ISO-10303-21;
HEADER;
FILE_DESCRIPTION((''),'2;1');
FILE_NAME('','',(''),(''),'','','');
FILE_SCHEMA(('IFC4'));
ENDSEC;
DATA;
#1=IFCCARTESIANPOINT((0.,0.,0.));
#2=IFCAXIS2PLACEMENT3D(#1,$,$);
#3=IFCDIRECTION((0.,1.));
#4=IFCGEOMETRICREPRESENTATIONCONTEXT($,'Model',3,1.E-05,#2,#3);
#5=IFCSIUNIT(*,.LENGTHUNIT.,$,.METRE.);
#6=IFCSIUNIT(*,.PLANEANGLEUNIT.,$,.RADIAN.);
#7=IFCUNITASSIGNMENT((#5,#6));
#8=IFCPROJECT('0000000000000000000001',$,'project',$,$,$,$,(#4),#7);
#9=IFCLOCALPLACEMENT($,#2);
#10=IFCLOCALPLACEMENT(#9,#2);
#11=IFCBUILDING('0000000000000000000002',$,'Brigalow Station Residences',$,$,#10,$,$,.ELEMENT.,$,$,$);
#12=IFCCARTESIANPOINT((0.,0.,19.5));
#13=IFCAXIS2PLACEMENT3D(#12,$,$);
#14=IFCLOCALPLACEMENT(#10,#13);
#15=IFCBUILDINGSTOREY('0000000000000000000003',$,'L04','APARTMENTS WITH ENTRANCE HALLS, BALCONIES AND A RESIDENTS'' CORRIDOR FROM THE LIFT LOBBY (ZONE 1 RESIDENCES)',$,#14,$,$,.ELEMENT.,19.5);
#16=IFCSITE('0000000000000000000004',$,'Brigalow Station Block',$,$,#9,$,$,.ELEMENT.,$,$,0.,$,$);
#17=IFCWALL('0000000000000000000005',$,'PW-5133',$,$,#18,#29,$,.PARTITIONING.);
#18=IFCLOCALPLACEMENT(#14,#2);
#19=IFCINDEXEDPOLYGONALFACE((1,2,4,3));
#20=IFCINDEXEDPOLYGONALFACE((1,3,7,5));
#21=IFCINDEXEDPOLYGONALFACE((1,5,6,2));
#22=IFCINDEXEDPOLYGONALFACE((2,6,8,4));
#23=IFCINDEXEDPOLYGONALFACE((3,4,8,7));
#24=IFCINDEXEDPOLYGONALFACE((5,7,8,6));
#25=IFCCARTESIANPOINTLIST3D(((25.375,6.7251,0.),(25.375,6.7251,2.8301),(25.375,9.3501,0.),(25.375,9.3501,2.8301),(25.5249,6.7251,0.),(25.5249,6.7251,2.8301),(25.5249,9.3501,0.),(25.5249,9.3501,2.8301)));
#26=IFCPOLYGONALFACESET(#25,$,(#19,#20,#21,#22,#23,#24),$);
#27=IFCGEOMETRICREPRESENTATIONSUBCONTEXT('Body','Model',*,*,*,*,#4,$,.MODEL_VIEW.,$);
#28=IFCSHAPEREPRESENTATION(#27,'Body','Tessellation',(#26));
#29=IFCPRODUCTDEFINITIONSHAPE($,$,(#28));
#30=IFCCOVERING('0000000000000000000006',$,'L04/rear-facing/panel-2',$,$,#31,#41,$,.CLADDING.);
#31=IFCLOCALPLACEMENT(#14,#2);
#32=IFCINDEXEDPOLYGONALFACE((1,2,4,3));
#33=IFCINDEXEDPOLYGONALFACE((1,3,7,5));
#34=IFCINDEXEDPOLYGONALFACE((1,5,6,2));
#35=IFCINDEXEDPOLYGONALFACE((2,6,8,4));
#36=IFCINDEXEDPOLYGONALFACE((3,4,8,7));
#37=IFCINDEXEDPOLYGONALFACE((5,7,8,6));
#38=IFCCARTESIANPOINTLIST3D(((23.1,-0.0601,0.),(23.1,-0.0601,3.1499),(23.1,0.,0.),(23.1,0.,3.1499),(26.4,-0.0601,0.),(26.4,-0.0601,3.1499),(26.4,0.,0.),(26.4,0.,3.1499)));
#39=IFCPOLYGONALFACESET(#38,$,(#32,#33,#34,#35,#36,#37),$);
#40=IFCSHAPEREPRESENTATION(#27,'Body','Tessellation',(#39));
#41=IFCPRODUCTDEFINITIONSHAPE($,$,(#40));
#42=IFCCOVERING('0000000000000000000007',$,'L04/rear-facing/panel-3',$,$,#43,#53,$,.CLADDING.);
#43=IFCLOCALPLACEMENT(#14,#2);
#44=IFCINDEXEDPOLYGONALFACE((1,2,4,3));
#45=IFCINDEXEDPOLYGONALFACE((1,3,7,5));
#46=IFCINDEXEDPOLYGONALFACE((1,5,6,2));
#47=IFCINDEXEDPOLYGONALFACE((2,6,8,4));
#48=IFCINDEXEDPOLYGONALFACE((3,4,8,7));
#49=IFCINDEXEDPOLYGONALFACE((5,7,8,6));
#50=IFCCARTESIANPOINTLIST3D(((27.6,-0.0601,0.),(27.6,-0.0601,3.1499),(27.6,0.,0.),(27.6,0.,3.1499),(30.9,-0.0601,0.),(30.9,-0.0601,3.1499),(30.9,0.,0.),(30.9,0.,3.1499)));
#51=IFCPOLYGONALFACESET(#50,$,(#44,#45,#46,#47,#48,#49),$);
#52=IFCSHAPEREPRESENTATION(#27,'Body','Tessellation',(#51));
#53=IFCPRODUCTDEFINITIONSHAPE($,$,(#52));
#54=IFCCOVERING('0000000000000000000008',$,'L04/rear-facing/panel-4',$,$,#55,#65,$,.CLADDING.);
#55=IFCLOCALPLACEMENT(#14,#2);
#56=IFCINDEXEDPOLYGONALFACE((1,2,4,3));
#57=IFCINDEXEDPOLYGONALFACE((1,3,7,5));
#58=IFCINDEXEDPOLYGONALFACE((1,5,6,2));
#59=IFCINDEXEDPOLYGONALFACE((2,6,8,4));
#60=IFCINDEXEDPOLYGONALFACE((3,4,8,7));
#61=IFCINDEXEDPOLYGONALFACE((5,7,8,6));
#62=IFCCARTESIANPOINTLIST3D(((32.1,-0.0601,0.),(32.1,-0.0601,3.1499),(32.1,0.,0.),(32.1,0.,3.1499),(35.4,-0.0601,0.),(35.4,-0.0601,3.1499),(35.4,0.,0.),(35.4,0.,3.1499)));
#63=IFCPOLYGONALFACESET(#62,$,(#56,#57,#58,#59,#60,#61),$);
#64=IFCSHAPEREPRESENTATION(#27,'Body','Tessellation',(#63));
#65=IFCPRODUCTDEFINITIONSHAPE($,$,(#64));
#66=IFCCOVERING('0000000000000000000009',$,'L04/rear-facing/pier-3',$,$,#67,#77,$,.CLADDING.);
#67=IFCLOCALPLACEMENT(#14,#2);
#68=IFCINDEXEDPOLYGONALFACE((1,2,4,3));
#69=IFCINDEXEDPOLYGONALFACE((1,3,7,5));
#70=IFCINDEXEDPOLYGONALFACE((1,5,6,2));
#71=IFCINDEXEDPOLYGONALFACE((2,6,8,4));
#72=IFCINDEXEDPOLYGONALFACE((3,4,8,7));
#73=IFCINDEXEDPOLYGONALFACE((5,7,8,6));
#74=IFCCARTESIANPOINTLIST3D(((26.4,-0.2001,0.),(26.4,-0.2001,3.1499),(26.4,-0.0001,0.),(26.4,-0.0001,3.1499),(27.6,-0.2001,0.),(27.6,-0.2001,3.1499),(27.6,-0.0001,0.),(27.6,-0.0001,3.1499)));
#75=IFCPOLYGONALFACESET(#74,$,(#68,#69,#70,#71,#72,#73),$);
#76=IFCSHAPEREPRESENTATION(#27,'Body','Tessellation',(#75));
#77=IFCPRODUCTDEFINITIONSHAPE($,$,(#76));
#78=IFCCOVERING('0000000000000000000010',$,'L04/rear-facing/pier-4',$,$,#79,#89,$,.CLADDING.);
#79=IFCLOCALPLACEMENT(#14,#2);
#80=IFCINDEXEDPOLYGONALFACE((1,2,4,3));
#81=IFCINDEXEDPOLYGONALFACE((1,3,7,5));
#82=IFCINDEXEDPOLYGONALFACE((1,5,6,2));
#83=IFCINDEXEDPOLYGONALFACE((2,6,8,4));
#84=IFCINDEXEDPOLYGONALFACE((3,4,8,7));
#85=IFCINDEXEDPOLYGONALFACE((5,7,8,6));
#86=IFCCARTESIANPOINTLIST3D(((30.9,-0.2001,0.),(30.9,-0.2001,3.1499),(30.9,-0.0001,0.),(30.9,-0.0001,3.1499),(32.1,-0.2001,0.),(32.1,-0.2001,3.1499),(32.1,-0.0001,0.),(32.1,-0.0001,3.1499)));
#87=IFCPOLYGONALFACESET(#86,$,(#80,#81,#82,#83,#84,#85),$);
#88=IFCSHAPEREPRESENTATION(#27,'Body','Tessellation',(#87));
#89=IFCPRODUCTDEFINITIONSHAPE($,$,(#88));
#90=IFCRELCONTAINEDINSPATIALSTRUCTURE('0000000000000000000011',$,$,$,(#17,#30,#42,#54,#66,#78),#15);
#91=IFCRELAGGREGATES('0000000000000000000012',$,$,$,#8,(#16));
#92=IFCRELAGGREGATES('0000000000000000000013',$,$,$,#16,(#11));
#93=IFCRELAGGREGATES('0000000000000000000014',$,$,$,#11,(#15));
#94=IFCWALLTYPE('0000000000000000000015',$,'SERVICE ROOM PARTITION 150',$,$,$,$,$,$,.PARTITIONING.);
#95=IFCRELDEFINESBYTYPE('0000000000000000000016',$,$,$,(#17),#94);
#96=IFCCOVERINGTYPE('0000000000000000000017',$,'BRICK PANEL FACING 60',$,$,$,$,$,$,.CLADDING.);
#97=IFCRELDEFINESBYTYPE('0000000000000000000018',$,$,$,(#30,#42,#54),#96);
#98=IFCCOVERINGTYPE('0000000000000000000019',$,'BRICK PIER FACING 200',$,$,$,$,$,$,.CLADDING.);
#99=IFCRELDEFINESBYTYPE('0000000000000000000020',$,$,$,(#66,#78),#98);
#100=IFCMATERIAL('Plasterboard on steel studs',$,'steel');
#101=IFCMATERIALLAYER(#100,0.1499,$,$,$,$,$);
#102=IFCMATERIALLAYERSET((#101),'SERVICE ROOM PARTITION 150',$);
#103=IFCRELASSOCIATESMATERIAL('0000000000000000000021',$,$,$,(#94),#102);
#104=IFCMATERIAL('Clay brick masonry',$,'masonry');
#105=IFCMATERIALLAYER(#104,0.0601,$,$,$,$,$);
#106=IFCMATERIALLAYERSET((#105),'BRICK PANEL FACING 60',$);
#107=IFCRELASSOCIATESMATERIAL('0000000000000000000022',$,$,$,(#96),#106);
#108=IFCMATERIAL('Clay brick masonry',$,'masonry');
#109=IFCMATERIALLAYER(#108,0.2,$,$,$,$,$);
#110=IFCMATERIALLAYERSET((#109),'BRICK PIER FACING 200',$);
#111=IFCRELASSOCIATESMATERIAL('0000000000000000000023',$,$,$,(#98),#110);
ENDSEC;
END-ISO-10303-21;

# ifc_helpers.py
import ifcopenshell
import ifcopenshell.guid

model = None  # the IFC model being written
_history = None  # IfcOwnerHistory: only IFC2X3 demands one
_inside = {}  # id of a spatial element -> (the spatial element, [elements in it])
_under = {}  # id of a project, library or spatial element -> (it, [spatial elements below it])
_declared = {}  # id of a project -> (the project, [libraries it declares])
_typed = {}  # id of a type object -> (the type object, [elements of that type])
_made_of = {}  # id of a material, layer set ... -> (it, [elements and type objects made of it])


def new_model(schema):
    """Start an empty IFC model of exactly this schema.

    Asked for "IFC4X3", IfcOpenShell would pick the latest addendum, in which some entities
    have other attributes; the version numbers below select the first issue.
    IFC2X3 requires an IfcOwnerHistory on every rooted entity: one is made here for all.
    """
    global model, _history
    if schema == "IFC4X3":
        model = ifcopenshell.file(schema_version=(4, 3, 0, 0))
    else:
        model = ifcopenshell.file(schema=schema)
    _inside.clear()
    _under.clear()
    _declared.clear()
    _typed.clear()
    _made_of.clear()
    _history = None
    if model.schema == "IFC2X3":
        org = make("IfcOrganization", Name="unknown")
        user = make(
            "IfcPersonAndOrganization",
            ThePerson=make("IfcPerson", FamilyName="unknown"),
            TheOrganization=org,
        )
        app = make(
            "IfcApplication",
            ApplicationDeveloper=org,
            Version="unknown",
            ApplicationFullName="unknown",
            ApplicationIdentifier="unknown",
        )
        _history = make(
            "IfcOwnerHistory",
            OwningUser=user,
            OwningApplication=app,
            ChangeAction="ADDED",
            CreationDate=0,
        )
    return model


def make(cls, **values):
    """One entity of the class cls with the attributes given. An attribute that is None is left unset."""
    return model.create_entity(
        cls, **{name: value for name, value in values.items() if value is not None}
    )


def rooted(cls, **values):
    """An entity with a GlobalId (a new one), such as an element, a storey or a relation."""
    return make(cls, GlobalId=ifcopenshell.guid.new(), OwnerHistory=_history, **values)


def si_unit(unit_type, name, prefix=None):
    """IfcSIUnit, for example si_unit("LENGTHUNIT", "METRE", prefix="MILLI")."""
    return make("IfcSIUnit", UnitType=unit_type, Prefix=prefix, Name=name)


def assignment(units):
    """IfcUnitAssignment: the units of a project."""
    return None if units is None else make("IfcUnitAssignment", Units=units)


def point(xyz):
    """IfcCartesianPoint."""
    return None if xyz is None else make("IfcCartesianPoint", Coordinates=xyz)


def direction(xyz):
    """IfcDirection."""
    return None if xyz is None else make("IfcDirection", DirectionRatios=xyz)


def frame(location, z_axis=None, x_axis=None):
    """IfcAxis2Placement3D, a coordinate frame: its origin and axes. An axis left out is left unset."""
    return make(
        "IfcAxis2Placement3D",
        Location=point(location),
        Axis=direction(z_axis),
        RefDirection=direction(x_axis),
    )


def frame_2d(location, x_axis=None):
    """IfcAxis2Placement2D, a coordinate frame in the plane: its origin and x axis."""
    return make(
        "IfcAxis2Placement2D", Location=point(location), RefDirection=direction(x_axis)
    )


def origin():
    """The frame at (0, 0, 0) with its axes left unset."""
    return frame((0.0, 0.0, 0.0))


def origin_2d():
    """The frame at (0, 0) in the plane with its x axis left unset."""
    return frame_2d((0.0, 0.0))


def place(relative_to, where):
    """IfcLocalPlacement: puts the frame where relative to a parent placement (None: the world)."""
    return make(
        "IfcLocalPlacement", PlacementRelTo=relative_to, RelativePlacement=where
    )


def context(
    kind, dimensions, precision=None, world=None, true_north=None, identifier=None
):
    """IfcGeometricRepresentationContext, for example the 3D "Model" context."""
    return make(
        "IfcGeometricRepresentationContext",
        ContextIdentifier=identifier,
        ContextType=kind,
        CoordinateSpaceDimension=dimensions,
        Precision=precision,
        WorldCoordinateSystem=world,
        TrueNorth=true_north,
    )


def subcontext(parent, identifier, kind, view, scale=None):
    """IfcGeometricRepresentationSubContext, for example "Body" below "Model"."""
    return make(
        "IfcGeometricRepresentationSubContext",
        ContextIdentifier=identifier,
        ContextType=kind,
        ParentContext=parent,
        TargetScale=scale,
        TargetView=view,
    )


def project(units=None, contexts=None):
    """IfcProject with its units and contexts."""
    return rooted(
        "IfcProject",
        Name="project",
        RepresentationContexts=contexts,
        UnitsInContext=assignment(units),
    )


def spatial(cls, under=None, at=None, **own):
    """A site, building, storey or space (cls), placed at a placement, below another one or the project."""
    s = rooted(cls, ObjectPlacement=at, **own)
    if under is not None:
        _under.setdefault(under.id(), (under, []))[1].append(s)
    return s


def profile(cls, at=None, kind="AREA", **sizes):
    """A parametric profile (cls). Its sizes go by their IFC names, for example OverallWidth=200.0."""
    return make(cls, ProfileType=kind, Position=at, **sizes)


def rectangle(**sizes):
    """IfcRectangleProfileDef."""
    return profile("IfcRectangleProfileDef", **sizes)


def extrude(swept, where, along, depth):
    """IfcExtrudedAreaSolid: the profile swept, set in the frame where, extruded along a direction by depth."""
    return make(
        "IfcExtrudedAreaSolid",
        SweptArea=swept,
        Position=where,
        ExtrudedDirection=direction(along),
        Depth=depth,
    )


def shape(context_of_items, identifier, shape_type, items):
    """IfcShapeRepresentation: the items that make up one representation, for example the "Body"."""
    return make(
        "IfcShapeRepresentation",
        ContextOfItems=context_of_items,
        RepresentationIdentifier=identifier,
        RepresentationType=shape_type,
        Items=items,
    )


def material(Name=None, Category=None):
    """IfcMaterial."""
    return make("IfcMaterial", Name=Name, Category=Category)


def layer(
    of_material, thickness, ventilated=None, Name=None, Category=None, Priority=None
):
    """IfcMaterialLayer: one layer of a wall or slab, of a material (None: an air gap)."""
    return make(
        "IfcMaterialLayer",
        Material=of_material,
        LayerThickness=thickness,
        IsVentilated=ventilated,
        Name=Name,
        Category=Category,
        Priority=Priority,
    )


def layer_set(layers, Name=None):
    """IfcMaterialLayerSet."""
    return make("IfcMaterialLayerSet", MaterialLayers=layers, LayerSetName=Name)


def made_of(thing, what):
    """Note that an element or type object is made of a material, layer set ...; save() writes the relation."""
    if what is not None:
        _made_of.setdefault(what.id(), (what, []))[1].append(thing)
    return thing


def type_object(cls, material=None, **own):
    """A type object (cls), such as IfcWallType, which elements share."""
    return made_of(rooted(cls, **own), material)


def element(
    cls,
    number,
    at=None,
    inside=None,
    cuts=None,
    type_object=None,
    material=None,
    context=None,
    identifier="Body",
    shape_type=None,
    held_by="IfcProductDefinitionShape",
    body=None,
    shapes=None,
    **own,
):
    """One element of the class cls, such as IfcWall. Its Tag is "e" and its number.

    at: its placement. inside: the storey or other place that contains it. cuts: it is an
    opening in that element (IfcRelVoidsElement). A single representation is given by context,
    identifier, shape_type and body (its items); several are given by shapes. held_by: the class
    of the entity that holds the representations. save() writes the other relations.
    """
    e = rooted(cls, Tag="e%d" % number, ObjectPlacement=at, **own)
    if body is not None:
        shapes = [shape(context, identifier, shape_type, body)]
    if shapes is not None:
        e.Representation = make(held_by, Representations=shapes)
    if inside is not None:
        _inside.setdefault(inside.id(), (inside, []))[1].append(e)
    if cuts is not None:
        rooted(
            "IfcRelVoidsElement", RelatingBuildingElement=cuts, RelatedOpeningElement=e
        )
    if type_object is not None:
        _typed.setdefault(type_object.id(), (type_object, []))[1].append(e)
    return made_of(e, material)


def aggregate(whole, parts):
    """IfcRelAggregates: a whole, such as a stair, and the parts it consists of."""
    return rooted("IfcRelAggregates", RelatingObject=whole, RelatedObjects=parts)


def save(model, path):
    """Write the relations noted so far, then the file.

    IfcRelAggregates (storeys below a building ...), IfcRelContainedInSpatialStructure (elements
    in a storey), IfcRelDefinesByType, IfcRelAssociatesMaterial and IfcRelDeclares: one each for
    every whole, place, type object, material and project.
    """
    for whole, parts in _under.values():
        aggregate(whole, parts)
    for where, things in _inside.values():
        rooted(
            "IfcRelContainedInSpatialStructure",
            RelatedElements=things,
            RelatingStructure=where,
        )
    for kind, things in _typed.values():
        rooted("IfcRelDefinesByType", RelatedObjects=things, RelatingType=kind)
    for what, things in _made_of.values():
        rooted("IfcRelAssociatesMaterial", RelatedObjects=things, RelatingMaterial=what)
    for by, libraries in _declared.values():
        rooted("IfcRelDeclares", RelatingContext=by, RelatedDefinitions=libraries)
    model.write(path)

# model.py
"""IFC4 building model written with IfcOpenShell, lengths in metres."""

from ifc_helpers import new_model, si_unit, direction, frame, frame_2d, origin, origin_2d, place, context, subcontext, project, spatial, rectangle, extrude, material, layer, layer_set, type_object, element, save


model = new_model("IFC4")

# Units and contexts
model_context = context("Model", 3, precision=1e-05, world=origin(), true_north=direction((0.0, 1.0)))
body_context = subcontext(model_context, "Body", "Model", "MODEL_VIEW")
ifc_project = project(units=[si_unit("LENGTHUNIT", "METRE"), si_unit("PLANEANGLEUNIT", "RADIAN")], contexts=[model_context])

# Site, building, storey
site_placement = place(None, origin())
site = spatial("IfcSite", under=ifc_project, at=site_placement, Name="Brigalow Station Block", CompositionType="ELEMENT", RefElevation=0.0)
building_placement = place(site_placement, origin())
building = spatial("IfcBuilding", under=site, at=building_placement, Name="Brigalow Station Residences", CompositionType="ELEMENT")
storey_placement = place(building_placement, frame((0.0, 0.0, 19.5)))
storey = spatial("IfcBuildingStorey", under=building, at=storey_placement, Name="L04", Description="APARTMENTS WITH ENTRANCE HALLS, BALCONIES AND A RESIDENTS' CORRIDOR FROM THE LIFT LOBBY (ZONE 1 RESIDENCES)", CompositionType="ELEMENT", Elevation=19.5)

# Shared definitions
ifc_material_1 = material(Name="Plasterboard on steel studs", Category="steel")
ifc_layer_1 = layer(ifc_material_1, 0.1499)
ifc_layer_set_1 = layer_set([ifc_layer_1], Name="SERVICE ROOM PARTITION 150")
wall_type_1 = type_object("IfcWallType", Name="SERVICE ROOM PARTITION 150", PredefinedType="PARTITIONING", material=ifc_layer_set_1)

# Wall
wall_1_placement = place(storey_placement, frame((25.45, 6.7251, 0.0), z_axis=(0.0, 0.0, 1.0), x_axis=(0.0, 1.0, 0.0)))
element("IfcWall", 1, at=wall_1_placement, inside=storey, type_object=wall_type_1, Name="PW-5133", PredefinedType="PARTITIONING", context=body_context, shape_type="SweptSolid", body=[
    extrude(rectangle(XDim=2.625, YDim=0.1499, at=frame_2d((1.3125, 0.0))), origin(), (0.0, 0.0, 1.0), 2.8301),
])

# Coverings
ifc_material_2 = material(Name="Clay brick masonry", Category="masonry")
ifc_layer_2 = layer(ifc_material_2, 0.0601)
ifc_layer_set_2 = layer_set([ifc_layer_2], Name="BRICK PANEL FACING 60")
covering_type_1 = type_object("IfcCoveringType", Name="BRICK PANEL FACING 60", PredefinedType="CLADDING", material=ifc_layer_set_2)
for number, where, z_axis, x_axis, name in (
    (2, (24.75, -0.03, 0.0), (0.0, 0.0, 1.0), (1.0, 0.0, 0.0), "L04/rear-facing/panel-2"),
    (3, (29.25, -0.03, 0.0), (0.0, 0.0, 1.0), (1.0, 0.0, 0.0), "L04/rear-facing/panel-3"),
    (4, (33.75, -0.03, 0.0), (0.0, 0.0, 1.0), (1.0, 0.0, 0.0), "L04/rear-facing/panel-4"),
):
    element("IfcCovering", number, at=place(storey_placement, frame(where, z_axis=z_axis, x_axis=x_axis)), inside=storey, type_object=covering_type_1, Name=name, PredefinedType="CLADDING", context=body_context, shape_type="SweptSolid", body=[
        extrude(rectangle(XDim=3.3, YDim=0.0601, at=origin_2d()), origin(), (0.0, 0.0, 1.0), 3.1499),
    ])
ifc_material_3 = material(Name="Clay brick masonry", Category="masonry")
ifc_layer_3 = layer(ifc_material_3, 0.2)
ifc_layer_set_3 = layer_set([ifc_layer_3], Name="BRICK PIER FACING 200")
covering_type_2 = type_object("IfcCoveringType", Name="BRICK PIER FACING 200", PredefinedType="CLADDING", material=ifc_layer_set_3)
for number, where, z_axis, x_axis, name in (
    (5, (27.0, -0.1001, 0.0), (0.0, 0.0, 1.0), (1.0, 0.0, 0.0), "L04/rear-facing/pier-3"),
    (6, (31.5, -0.1001, 0.0), (0.0, 0.0, 1.0), (1.0, 0.0, 0.0), "L04/rear-facing/pier-4"),
):
    element("IfcCovering", number, at=place(storey_placement, frame(where, z_axis=z_axis, x_axis=x_axis)), inside=storey, type_object=covering_type_2, Name=name, PredefinedType="CLADDING", context=body_context, shape_type="SweptSolid", body=[
        extrude(rectangle(XDim=1.2, YDim=0.2, at=origin_2d()), origin(), (0.0, 0.0, 1.0), 3.1499),
    ])

save(model, "model.ifc")
